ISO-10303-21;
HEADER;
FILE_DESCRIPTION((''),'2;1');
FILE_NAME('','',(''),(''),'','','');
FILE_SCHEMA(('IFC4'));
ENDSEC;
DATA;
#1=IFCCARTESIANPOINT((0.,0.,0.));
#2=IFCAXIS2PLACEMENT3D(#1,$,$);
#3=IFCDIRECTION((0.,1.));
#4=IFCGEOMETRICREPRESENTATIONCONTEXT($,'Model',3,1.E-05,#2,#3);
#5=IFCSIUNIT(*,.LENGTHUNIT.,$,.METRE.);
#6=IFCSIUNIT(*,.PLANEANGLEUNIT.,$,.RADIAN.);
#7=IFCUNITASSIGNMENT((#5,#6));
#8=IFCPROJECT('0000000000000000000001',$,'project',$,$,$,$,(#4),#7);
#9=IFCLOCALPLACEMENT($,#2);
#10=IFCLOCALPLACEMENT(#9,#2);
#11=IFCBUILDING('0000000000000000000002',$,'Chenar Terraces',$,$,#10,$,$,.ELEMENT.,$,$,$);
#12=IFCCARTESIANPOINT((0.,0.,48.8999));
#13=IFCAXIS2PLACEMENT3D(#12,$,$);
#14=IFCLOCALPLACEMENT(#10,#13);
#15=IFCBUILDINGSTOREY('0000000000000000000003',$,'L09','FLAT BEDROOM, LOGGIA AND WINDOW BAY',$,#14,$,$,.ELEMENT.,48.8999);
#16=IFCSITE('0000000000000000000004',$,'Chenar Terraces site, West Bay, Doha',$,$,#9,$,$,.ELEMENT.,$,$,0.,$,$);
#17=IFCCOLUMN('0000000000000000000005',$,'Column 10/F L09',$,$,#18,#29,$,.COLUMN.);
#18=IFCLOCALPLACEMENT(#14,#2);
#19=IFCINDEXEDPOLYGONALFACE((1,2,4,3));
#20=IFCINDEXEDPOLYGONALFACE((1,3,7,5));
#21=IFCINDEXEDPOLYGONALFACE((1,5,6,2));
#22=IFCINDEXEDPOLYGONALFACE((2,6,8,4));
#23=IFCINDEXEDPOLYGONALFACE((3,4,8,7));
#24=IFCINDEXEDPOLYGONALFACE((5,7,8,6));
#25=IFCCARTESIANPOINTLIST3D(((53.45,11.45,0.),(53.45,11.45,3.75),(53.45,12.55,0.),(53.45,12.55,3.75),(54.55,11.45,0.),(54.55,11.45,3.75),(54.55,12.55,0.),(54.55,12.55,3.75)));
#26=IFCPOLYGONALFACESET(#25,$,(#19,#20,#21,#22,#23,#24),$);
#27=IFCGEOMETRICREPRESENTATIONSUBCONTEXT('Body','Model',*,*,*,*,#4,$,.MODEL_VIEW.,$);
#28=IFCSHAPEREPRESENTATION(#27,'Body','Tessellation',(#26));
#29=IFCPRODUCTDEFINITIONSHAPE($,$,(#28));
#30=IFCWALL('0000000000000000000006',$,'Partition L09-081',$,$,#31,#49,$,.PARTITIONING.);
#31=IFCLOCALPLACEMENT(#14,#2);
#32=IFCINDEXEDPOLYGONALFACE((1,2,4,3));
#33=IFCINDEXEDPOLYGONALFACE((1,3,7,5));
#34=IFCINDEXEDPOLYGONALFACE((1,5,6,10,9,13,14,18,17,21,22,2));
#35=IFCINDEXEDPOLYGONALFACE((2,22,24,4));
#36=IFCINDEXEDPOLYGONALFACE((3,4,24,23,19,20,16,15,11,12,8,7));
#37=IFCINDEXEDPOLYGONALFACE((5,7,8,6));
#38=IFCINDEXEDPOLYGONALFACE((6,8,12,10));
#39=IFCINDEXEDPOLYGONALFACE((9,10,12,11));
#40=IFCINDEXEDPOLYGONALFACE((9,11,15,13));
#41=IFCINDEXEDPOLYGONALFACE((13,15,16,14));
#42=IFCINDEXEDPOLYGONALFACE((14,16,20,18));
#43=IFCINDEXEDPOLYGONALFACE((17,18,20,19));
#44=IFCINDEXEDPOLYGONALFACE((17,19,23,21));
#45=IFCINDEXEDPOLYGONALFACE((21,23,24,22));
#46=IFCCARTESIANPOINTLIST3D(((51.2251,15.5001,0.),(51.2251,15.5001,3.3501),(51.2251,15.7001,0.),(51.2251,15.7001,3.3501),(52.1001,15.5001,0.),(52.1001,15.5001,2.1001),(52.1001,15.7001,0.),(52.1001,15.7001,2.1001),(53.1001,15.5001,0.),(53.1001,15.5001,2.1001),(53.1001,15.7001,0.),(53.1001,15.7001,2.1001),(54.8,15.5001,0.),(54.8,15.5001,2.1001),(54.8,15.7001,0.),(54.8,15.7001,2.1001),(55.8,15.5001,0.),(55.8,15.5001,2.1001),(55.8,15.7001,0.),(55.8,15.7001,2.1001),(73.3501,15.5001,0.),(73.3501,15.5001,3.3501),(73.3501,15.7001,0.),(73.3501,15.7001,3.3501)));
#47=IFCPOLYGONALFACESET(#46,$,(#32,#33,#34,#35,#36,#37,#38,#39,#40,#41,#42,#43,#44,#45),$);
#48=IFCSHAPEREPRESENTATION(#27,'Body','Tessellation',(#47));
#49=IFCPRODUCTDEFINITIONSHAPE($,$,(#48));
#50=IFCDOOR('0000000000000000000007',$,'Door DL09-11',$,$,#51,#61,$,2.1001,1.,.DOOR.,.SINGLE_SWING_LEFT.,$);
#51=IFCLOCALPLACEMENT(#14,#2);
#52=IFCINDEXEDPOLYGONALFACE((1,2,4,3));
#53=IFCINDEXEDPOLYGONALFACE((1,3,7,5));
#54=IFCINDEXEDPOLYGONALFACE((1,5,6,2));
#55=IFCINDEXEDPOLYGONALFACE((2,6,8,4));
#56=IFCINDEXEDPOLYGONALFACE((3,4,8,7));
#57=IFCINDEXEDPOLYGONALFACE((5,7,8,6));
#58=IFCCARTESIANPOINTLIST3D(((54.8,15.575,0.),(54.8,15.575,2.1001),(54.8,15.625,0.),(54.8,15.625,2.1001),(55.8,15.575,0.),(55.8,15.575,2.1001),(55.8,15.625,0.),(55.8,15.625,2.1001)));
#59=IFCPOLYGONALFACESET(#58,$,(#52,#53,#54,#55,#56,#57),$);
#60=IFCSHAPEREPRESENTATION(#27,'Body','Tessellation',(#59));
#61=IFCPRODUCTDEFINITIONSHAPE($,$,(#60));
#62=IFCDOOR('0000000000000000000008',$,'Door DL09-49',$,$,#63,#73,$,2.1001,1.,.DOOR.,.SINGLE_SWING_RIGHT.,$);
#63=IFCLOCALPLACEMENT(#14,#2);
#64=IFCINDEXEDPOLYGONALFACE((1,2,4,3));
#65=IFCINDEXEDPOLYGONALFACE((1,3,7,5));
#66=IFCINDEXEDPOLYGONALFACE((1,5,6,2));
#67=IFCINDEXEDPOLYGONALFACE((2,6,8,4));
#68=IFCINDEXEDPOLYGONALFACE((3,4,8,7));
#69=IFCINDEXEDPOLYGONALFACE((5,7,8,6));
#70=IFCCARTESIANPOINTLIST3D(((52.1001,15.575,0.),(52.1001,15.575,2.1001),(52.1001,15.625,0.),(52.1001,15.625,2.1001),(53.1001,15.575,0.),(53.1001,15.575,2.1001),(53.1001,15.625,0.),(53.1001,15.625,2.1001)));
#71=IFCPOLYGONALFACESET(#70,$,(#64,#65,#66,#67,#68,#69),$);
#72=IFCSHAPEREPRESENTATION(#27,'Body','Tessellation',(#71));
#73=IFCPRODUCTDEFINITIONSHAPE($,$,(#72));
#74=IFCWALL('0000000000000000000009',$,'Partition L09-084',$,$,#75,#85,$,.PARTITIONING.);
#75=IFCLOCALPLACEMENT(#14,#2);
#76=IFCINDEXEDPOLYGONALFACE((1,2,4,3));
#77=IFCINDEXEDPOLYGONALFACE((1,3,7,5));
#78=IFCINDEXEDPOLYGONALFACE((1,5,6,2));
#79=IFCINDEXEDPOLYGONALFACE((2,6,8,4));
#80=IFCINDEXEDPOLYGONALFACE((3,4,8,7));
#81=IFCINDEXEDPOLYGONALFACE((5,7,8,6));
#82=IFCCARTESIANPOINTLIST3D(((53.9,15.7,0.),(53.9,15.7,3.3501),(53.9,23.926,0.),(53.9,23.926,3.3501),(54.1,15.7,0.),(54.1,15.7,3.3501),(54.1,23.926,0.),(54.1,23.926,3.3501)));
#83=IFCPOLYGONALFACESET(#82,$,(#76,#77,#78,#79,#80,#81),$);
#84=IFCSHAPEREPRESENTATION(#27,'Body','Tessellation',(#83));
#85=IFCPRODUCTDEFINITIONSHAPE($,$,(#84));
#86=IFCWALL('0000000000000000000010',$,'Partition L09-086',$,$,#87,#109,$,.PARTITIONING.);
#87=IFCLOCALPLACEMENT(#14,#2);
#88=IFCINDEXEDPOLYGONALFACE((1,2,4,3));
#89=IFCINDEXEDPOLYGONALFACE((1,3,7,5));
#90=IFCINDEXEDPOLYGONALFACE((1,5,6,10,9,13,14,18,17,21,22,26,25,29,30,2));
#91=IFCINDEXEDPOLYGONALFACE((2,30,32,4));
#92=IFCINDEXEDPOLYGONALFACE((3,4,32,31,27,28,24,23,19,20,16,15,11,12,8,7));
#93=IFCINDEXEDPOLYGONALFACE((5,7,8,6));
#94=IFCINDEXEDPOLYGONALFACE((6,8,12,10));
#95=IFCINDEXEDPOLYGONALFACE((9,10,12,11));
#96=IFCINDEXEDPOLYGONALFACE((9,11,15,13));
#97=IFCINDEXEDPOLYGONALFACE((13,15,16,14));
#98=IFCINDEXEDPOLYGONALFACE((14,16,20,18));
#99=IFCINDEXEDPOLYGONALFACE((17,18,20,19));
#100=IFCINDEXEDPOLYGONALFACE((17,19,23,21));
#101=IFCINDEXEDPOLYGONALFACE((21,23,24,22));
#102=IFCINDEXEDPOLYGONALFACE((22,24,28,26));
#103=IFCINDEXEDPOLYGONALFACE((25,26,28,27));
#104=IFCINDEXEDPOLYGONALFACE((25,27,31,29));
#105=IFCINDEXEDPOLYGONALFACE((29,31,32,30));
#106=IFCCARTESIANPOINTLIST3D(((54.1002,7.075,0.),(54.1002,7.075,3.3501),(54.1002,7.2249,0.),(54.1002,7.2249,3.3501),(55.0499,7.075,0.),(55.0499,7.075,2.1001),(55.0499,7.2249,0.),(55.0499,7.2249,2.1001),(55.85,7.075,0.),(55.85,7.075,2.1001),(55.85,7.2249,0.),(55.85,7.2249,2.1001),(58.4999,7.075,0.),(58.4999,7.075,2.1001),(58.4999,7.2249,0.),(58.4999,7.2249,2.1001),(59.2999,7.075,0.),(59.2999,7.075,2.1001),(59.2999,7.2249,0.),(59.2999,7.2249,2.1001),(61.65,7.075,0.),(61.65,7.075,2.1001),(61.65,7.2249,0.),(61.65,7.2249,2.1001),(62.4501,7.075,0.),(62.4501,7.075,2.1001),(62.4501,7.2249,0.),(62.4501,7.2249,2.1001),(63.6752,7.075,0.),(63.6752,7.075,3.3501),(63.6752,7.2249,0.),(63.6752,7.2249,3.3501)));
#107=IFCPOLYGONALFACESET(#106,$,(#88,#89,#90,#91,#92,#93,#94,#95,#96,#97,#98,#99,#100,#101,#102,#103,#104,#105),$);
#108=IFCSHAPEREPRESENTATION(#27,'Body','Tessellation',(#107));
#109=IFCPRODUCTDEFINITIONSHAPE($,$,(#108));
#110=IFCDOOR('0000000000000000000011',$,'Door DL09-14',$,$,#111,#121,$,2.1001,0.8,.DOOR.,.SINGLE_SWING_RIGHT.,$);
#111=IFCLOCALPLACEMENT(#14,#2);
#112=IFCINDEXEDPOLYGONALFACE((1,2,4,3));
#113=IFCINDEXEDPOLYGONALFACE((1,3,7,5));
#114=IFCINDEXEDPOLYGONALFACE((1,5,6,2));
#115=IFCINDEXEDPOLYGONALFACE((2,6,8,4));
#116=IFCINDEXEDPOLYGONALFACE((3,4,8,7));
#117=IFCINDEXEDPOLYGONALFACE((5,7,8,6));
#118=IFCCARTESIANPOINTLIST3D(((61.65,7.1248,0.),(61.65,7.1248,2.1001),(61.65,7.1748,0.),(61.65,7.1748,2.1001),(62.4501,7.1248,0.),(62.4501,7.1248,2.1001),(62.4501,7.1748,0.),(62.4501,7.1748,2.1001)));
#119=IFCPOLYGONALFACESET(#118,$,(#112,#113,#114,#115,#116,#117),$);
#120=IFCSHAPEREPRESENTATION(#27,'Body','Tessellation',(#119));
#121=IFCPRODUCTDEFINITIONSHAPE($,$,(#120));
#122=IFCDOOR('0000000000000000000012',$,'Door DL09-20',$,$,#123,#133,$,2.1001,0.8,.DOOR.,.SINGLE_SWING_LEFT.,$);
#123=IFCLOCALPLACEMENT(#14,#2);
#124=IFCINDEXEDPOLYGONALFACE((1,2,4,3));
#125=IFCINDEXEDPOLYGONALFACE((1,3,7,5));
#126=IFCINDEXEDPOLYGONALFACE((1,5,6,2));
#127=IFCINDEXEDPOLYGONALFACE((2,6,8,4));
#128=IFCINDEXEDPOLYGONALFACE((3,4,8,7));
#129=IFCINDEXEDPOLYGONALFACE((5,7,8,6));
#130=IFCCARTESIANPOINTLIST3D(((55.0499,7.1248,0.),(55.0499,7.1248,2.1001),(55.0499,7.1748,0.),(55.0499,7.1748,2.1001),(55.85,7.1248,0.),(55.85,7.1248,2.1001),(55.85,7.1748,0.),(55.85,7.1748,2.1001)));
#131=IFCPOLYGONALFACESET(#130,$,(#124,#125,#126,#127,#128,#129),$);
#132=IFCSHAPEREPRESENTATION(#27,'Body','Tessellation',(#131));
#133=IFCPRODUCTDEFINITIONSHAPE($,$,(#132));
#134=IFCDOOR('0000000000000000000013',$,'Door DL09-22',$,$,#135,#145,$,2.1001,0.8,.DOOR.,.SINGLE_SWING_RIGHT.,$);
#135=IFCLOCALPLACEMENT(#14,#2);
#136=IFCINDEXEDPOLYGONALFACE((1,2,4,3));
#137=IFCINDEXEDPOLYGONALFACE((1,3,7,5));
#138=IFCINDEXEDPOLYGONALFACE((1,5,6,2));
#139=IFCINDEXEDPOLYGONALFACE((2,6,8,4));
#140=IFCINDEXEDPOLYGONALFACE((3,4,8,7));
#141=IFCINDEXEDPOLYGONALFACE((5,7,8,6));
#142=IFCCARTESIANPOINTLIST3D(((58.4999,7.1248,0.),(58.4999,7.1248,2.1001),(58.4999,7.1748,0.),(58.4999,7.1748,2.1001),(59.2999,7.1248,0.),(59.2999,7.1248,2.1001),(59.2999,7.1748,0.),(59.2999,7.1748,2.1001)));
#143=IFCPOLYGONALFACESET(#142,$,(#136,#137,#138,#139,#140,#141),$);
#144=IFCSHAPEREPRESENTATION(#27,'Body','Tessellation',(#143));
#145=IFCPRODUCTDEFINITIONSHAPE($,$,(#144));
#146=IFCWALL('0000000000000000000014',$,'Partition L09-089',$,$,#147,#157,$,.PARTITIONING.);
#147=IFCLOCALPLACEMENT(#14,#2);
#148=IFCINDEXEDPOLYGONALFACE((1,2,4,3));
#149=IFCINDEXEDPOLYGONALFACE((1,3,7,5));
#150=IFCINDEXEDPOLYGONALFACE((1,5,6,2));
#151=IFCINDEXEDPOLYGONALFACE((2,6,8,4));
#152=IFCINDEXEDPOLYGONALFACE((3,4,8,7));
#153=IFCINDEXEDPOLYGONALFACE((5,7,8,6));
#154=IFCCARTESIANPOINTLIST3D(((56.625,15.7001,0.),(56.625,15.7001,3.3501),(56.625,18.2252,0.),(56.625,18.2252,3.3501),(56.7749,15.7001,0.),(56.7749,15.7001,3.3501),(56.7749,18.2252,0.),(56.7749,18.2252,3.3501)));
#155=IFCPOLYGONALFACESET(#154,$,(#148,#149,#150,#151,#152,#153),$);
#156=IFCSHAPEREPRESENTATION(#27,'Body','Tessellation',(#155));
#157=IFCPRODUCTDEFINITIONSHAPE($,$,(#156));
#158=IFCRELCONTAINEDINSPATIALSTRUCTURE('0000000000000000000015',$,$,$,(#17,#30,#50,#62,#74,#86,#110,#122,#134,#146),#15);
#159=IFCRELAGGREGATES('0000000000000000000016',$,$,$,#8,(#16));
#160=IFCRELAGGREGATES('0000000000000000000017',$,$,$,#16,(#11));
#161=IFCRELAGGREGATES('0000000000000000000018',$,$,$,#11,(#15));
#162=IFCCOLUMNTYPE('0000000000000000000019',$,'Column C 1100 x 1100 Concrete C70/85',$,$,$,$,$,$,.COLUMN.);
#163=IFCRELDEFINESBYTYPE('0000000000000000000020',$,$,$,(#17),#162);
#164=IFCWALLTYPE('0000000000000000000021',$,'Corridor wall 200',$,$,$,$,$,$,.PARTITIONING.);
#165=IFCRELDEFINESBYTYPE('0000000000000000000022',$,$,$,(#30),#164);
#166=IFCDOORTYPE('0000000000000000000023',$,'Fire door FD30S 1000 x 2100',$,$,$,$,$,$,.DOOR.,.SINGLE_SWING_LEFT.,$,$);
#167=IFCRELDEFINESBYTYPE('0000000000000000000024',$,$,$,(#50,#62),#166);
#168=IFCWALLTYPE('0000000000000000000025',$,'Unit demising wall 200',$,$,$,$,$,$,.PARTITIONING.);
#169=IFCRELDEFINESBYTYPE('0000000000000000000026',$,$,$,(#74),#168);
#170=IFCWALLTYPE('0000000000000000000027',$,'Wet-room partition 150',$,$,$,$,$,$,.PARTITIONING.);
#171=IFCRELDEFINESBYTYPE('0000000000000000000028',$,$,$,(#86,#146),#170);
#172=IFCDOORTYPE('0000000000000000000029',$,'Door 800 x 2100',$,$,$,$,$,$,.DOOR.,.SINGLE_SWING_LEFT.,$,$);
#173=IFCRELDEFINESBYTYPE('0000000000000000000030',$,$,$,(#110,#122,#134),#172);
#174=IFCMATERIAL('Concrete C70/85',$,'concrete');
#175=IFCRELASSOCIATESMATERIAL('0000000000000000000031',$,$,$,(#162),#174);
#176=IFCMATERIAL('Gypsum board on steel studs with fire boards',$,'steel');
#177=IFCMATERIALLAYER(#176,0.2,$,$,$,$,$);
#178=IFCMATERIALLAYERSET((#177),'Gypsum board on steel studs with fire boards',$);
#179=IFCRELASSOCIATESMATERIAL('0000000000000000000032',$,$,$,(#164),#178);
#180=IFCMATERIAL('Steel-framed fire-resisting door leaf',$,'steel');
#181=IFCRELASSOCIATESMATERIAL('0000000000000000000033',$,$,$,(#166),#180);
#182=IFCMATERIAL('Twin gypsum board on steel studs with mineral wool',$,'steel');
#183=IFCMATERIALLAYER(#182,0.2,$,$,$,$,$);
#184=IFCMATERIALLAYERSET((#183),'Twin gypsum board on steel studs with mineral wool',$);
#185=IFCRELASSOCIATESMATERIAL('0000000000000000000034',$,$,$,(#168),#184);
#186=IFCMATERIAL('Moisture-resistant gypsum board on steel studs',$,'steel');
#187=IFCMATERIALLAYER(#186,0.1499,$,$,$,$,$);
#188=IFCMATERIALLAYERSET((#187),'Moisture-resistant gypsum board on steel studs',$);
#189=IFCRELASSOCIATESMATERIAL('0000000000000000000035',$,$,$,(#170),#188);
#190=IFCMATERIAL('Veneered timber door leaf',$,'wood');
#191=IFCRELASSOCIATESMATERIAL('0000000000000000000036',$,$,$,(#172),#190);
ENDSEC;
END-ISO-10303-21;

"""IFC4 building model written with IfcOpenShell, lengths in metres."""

from ifc_helpers import new_model, si_unit, direction, frame, frame_2d, origin, origin_2d, place, context, subcontext, project, spatial, rectangle, extrude, material, layer, layer_set, material_profile, profile_set, type_object, element, fill, save


model = new_model("IFC4")

# Units and contexts
model_context = context("Model", 3, precision=1e-05, world=origin(), true_north=direction((0.0, 1.0)))
body_context = subcontext(model_context, "Body", "Model", "MODEL_VIEW")
ifc_project = project(units=[si_unit("LENGTHUNIT", "METRE"), si_unit("PLANEANGLEUNIT", "RADIAN")], contexts=[model_context])

# Site, building, storey
site_placement = place(None, origin())
site = spatial("IfcSite", under=ifc_project, at=site_placement, Name="Chenar Terraces site, West Bay, Doha", CompositionType="ELEMENT", RefElevation=0.0)
building_placement = place(site_placement, origin())
building = spatial("IfcBuilding", under=site, at=building_placement, Name="Chenar Terraces", CompositionType="ELEMENT")
storey_placement = place(building_placement, frame((0.0, 0.0, 48.8999)))
storey = spatial("IfcBuildingStorey", under=building, at=storey_placement, Name="L09", Description="FLAT BEDROOM, LOGGIA AND WINDOW BAY", CompositionType="ELEMENT", Elevation=48.8999)

# Column
ifc_material_1 = material(Name="Concrete C70/85", Category="concrete")
ifc_material_profile = material_profile(ifc_material_1, rectangle(XDim=1.1001, YDim=1.1001, at=origin_2d()), Name="C 1100 x 1100")
ifc_profile_set = profile_set([ifc_material_profile], Name="Concrete C70/85")
column_type = type_object("IfcColumnType", Name="Column C 1100 x 1100 Concrete C70/85", PredefinedType="COLUMN", material=ifc_profile_set)
column_placement = place(storey_placement, frame((54.0, 12.0, 0.0), z_axis=(0.0, 0.0, 1.0), x_axis=(1.0, 0.0, 0.0)))
element("IfcColumn", 1, at=column_placement, inside=storey, type_object=column_type, Name="Column 10/F L09", PredefinedType="COLUMN", context=body_context, shape_type="SweptSolid", body=[
    extrude(rectangle(XDim=1.1001, YDim=1.1001, at=origin_2d()), origin(), (0.0, 0.0, 1.0), 3.75),
])

# Wall, openings, doors
ifc_material_2 = material(Name="Gypsum board on steel studs with fire boards", Category="steel")
ifc_layer_1 = layer(ifc_material_2, 0.2)
ifc_layer_set_1 = layer_set([ifc_layer_1], Name="Gypsum board on steel studs with fire boards")
wall_type_1 = type_object("IfcWallType", Name="Corridor wall 200", PredefinedType="PARTITIONING", material=ifc_layer_set_1)
wall_1_placement = place(storey_placement, frame((51.2251, 15.6001, 0.0), z_axis=(0.0, 0.0, 1.0), x_axis=(1.0, 0.0, 0.0)))
wall_1 = element("IfcWall", 2, at=wall_1_placement, inside=storey, type_object=wall_type_1, Name="Partition L09-081", PredefinedType="PARTITIONING", context=body_context, shape_type="SweptSolid", body=[
    extrude(rectangle(XDim=22.125, YDim=0.2, at=frame_2d((11.0625, 0.0))), origin(), (0.0, 0.0, 1.0), 3.3501),
])
opening_1_placement = place(wall_1_placement, frame((3.575, 0.0, 0.0)))
opening_1 = element("IfcOpeningElement", 3, at=opening_1_placement, cuts=wall_1, PredefinedType="OPENING", context=body_context, shape_type="SweptSolid", body=[
    extrude(rectangle(XDim=1.0, YDim=2.1001, at=frame_2d((0.5, 1.05))), frame((0.0, 0.1099, 0.0), z_axis=(0.0, -1.0, 0.0), x_axis=(1.0, 0.0, 0.0)), (0.0, 0.0, 1.0), 0.22),
])
opening_2_placement = place(wall_1_placement, frame((0.875, 0.0, 0.0)))
opening_2 = element("IfcOpeningElement", 4, at=opening_2_placement, cuts=wall_1, PredefinedType="OPENING", context=body_context, shape_type="SweptSolid", body=[
    extrude(rectangle(XDim=1.0, YDim=2.1001, at=frame_2d((0.5, 1.05))), frame((0.0, 0.1099, 0.0), z_axis=(0.0, -1.0, 0.0), x_axis=(1.0, 0.0, 0.0)), (0.0, 0.0, 1.0), 0.22),
])
ifc_material_3 = material(Name="Steel-framed fire-resisting door leaf", Category="steel")
door_type_1 = type_object("IfcDoorType", Name="Fire door FD30S 1000 x 2100", OperationType="SINGLE_SWING_LEFT", PredefinedType="DOOR", material=ifc_material_3)
door_1_placement = place(opening_1_placement, origin())
door_1 = element("IfcDoor", 5, at=door_1_placement, inside=storey, type_object=door_type_1, Name="Door DL09-11", OperationType="SINGLE_SWING_LEFT", OverallHeight=2.1001, OverallWidth=1.0, PredefinedType="DOOR", context=body_context, shape_type="SweptSolid", body=[
    extrude(rectangle(XDim=1.0, YDim=2.1001, at=frame_2d((0.5, 1.05))), frame((0.0, 0.0249, 0.0), z_axis=(0.0, -1.0, 0.0), x_axis=(1.0, 0.0, 0.0)), (0.0, 0.0, 1.0), 0.05),
])
fill(opening_1, door_1)
door_2_placement = place(opening_2_placement, origin())
door_2 = element("IfcDoor", 6, at=door_2_placement, inside=storey, type_object=door_type_1, Name="Door DL09-49", OperationType="SINGLE_SWING_RIGHT", OverallHeight=2.1001, OverallWidth=1.0, PredefinedType="DOOR", context=body_context, shape_type="SweptSolid", body=[
    extrude(rectangle(XDim=1.0, YDim=2.1001, at=frame_2d((0.5, 1.05))), frame((0.0, 0.0249, 0.0), z_axis=(0.0, -1.0, 0.0), x_axis=(1.0, 0.0, 0.0)), (0.0, 0.0, 1.0), 0.05),
])
fill(opening_2, door_2)

# Wall
ifc_material_4 = material(Name="Twin gypsum board on steel studs with mineral wool", Category="steel")
ifc_layer_2 = layer(ifc_material_4, 0.2)
ifc_layer_set_2 = layer_set([ifc_layer_2], Name="Twin gypsum board on steel studs with mineral wool")
wall_type_2 = type_object("IfcWallType", Name="Unit demising wall 200", PredefinedType="PARTITIONING", material=ifc_layer_set_2)
wall_2_placement = place(storey_placement, frame((54.0, 15.7, 0.0), z_axis=(0.0, 0.0, 1.0), x_axis=(0.0, 1.0, 0.0)))
element("IfcWall", 7, at=wall_2_placement, inside=storey, type_object=wall_type_2, Name="Partition L09-084", PredefinedType="PARTITIONING", context=body_context, shape_type="SweptSolid", body=[
    extrude(rectangle(XDim=8.2261, YDim=0.2, at=frame_2d((4.113, 0.0))), origin(), (0.0, 0.0, 1.0), 3.3501),
])

# Wall, openings, doors
ifc_material_5 = material(Name="Moisture-resistant gypsum board on steel studs", Category="steel")
ifc_layer_3 = layer(ifc_material_5, 0.1499)
ifc_layer_set_3 = layer_set([ifc_layer_3], Name="Moisture-resistant gypsum board on steel studs")
wall_type_3 = type_object("IfcWallType", Name="Wet-room partition 150", PredefinedType="PARTITIONING", material=ifc_layer_set_3)
wall_3_placement = place(storey_placement, frame((54.1001, 7.1499, 0.0), z_axis=(0.0, 0.0, 1.0), x_axis=(1.0, 0.0, 0.0)))
wall_3 = element("IfcWall", 8, at=wall_3_placement, inside=storey, type_object=wall_type_3, Name="Partition L09-086", PredefinedType="PARTITIONING", context=body_context, shape_type="SweptSolid", body=[
    extrude(rectangle(XDim=9.575, YDim=0.1499, at=frame_2d((4.7876, 0.0))), origin(), (0.0, 0.0, 1.0), 3.3501),
])
opening_3_placement = place(wall_3_placement, frame((7.55, 0.0, 0.0)))
opening_3 = element("IfcOpeningElement", 9, at=opening_3_placement, cuts=wall_3, PredefinedType="OPENING", context=body_context, shape_type="SweptSolid", body=[
    extrude(rectangle(XDim=0.8, YDim=2.1001, at=frame_2d((0.3999, 1.05))), frame((0.0, 0.085, 0.0), z_axis=(0.0, -1.0, 0.0), x_axis=(1.0, 0.0, 0.0)), (0.0, 0.0, 1.0), 0.1699),
])
opening_4_placement = place(wall_3_placement, frame((0.95, 0.0, 0.0)))
opening_4 = element("IfcOpeningElement", 10, at=opening_4_placement, cuts=wall_3, PredefinedType="OPENING", context=body_context, shape_type="SweptSolid", body=[
    extrude(rectangle(XDim=0.8, YDim=2.1001, at=frame_2d((0.3999, 1.05))), frame((0.0, 0.085, 0.0), z_axis=(0.0, -1.0, 0.0), x_axis=(1.0, 0.0, 0.0)), (0.0, 0.0, 1.0), 0.1699),
])
opening_5_placement = place(wall_3_placement, frame((4.3999, 0.0, 0.0)))
opening_5 = element("IfcOpeningElement", 11, at=opening_5_placement, cuts=wall_3, PredefinedType="OPENING", context=body_context, shape_type="SweptSolid", body=[
    extrude(rectangle(XDim=0.8, YDim=2.1001, at=frame_2d((0.3999, 1.05))), frame((0.0, 0.085, 0.0), z_axis=(0.0, -1.0, 0.0), x_axis=(1.0, 0.0, 0.0)), (0.0, 0.0, 1.0), 0.1699),
])
ifc_material_6 = material(Name="Veneered timber door leaf", Category="wood")
door_type_2 = type_object("IfcDoorType", Name="Door 800 x 2100", OperationType="SINGLE_SWING_LEFT", PredefinedType="DOOR", material=ifc_material_6)
door_3_placement = place(opening_3_placement, origin())
door_3 = element("IfcDoor", 12, at=door_3_placement, inside=storey, type_object=door_type_2, Name="Door DL09-14", OperationType="SINGLE_SWING_RIGHT", OverallHeight=2.1001, OverallWidth=0.8, PredefinedType="DOOR", context=body_context, shape_type="SweptSolid", body=[
    extrude(rectangle(XDim=0.8, YDim=2.1001, at=frame_2d((0.3999, 1.05))), frame((0.0, 0.0249, 0.0), z_axis=(0.0, -1.0, 0.0), x_axis=(1.0, 0.0, 0.0)), (0.0, 0.0, 1.0), 0.05),
])
fill(opening_3, door_3)
door_4_placement = place(opening_4_placement, origin())
door_4 = element("IfcDoor", 13, at=door_4_placement, inside=storey, type_object=door_type_2, Name="Door DL09-20", OperationType="SINGLE_SWING_LEFT", OverallHeight=2.1001, OverallWidth=0.8, PredefinedType="DOOR", context=body_context, shape_type="SweptSolid", body=[
    extrude(rectangle(XDim=0.8, YDim=2.1001, at=frame_2d((0.3999, 1.05))), frame((0.0, 0.0249, 0.0), z_axis=(0.0, -1.0, 0.0), x_axis=(1.0, 0.0, 0.0)), (0.0, 0.0, 1.0), 0.05),
])
fill(opening_4, door_4)
door_5_placement = place(opening_5_placement, origin())
door_5 = element("IfcDoor", 14, at=door_5_placement, inside=storey, type_object=door_type_2, Name="Door DL09-22", OperationType="SINGLE_SWING_RIGHT", OverallHeight=2.1001, OverallWidth=0.8, PredefinedType="DOOR", context=body_context, shape_type="SweptSolid", body=[
    extrude(rectangle(XDim=0.8, YDim=2.1001, at=frame_2d((0.3999, 1.05))), frame((0.0, 0.0249, 0.0), z_axis=(0.0, -1.0, 0.0), x_axis=(1.0, 0.0, 0.0)), (0.0, 0.0, 1.0), 0.05),
])
fill(opening_5, door_5)

# Wall
wall_4_placement = place(storey_placement, frame((56.7, 15.7, 0.0), z_axis=(0.0, 0.0, 1.0), x_axis=(0.0, 1.0, 0.0)))
element("IfcWall", 15, at=wall_4_placement, inside=storey, type_object=wall_type_3, Name="Partition L09-089", PredefinedType="PARTITIONING", context=body_context, shape_type="SweptSolid", body=[
    extrude(rectangle(XDim=2.5251, YDim=0.1499, at=frame_2d((1.2627, 0.0))), origin(), (0.0, 0.0, 1.0), 3.3501),
])

save(model, "model.ifc")
